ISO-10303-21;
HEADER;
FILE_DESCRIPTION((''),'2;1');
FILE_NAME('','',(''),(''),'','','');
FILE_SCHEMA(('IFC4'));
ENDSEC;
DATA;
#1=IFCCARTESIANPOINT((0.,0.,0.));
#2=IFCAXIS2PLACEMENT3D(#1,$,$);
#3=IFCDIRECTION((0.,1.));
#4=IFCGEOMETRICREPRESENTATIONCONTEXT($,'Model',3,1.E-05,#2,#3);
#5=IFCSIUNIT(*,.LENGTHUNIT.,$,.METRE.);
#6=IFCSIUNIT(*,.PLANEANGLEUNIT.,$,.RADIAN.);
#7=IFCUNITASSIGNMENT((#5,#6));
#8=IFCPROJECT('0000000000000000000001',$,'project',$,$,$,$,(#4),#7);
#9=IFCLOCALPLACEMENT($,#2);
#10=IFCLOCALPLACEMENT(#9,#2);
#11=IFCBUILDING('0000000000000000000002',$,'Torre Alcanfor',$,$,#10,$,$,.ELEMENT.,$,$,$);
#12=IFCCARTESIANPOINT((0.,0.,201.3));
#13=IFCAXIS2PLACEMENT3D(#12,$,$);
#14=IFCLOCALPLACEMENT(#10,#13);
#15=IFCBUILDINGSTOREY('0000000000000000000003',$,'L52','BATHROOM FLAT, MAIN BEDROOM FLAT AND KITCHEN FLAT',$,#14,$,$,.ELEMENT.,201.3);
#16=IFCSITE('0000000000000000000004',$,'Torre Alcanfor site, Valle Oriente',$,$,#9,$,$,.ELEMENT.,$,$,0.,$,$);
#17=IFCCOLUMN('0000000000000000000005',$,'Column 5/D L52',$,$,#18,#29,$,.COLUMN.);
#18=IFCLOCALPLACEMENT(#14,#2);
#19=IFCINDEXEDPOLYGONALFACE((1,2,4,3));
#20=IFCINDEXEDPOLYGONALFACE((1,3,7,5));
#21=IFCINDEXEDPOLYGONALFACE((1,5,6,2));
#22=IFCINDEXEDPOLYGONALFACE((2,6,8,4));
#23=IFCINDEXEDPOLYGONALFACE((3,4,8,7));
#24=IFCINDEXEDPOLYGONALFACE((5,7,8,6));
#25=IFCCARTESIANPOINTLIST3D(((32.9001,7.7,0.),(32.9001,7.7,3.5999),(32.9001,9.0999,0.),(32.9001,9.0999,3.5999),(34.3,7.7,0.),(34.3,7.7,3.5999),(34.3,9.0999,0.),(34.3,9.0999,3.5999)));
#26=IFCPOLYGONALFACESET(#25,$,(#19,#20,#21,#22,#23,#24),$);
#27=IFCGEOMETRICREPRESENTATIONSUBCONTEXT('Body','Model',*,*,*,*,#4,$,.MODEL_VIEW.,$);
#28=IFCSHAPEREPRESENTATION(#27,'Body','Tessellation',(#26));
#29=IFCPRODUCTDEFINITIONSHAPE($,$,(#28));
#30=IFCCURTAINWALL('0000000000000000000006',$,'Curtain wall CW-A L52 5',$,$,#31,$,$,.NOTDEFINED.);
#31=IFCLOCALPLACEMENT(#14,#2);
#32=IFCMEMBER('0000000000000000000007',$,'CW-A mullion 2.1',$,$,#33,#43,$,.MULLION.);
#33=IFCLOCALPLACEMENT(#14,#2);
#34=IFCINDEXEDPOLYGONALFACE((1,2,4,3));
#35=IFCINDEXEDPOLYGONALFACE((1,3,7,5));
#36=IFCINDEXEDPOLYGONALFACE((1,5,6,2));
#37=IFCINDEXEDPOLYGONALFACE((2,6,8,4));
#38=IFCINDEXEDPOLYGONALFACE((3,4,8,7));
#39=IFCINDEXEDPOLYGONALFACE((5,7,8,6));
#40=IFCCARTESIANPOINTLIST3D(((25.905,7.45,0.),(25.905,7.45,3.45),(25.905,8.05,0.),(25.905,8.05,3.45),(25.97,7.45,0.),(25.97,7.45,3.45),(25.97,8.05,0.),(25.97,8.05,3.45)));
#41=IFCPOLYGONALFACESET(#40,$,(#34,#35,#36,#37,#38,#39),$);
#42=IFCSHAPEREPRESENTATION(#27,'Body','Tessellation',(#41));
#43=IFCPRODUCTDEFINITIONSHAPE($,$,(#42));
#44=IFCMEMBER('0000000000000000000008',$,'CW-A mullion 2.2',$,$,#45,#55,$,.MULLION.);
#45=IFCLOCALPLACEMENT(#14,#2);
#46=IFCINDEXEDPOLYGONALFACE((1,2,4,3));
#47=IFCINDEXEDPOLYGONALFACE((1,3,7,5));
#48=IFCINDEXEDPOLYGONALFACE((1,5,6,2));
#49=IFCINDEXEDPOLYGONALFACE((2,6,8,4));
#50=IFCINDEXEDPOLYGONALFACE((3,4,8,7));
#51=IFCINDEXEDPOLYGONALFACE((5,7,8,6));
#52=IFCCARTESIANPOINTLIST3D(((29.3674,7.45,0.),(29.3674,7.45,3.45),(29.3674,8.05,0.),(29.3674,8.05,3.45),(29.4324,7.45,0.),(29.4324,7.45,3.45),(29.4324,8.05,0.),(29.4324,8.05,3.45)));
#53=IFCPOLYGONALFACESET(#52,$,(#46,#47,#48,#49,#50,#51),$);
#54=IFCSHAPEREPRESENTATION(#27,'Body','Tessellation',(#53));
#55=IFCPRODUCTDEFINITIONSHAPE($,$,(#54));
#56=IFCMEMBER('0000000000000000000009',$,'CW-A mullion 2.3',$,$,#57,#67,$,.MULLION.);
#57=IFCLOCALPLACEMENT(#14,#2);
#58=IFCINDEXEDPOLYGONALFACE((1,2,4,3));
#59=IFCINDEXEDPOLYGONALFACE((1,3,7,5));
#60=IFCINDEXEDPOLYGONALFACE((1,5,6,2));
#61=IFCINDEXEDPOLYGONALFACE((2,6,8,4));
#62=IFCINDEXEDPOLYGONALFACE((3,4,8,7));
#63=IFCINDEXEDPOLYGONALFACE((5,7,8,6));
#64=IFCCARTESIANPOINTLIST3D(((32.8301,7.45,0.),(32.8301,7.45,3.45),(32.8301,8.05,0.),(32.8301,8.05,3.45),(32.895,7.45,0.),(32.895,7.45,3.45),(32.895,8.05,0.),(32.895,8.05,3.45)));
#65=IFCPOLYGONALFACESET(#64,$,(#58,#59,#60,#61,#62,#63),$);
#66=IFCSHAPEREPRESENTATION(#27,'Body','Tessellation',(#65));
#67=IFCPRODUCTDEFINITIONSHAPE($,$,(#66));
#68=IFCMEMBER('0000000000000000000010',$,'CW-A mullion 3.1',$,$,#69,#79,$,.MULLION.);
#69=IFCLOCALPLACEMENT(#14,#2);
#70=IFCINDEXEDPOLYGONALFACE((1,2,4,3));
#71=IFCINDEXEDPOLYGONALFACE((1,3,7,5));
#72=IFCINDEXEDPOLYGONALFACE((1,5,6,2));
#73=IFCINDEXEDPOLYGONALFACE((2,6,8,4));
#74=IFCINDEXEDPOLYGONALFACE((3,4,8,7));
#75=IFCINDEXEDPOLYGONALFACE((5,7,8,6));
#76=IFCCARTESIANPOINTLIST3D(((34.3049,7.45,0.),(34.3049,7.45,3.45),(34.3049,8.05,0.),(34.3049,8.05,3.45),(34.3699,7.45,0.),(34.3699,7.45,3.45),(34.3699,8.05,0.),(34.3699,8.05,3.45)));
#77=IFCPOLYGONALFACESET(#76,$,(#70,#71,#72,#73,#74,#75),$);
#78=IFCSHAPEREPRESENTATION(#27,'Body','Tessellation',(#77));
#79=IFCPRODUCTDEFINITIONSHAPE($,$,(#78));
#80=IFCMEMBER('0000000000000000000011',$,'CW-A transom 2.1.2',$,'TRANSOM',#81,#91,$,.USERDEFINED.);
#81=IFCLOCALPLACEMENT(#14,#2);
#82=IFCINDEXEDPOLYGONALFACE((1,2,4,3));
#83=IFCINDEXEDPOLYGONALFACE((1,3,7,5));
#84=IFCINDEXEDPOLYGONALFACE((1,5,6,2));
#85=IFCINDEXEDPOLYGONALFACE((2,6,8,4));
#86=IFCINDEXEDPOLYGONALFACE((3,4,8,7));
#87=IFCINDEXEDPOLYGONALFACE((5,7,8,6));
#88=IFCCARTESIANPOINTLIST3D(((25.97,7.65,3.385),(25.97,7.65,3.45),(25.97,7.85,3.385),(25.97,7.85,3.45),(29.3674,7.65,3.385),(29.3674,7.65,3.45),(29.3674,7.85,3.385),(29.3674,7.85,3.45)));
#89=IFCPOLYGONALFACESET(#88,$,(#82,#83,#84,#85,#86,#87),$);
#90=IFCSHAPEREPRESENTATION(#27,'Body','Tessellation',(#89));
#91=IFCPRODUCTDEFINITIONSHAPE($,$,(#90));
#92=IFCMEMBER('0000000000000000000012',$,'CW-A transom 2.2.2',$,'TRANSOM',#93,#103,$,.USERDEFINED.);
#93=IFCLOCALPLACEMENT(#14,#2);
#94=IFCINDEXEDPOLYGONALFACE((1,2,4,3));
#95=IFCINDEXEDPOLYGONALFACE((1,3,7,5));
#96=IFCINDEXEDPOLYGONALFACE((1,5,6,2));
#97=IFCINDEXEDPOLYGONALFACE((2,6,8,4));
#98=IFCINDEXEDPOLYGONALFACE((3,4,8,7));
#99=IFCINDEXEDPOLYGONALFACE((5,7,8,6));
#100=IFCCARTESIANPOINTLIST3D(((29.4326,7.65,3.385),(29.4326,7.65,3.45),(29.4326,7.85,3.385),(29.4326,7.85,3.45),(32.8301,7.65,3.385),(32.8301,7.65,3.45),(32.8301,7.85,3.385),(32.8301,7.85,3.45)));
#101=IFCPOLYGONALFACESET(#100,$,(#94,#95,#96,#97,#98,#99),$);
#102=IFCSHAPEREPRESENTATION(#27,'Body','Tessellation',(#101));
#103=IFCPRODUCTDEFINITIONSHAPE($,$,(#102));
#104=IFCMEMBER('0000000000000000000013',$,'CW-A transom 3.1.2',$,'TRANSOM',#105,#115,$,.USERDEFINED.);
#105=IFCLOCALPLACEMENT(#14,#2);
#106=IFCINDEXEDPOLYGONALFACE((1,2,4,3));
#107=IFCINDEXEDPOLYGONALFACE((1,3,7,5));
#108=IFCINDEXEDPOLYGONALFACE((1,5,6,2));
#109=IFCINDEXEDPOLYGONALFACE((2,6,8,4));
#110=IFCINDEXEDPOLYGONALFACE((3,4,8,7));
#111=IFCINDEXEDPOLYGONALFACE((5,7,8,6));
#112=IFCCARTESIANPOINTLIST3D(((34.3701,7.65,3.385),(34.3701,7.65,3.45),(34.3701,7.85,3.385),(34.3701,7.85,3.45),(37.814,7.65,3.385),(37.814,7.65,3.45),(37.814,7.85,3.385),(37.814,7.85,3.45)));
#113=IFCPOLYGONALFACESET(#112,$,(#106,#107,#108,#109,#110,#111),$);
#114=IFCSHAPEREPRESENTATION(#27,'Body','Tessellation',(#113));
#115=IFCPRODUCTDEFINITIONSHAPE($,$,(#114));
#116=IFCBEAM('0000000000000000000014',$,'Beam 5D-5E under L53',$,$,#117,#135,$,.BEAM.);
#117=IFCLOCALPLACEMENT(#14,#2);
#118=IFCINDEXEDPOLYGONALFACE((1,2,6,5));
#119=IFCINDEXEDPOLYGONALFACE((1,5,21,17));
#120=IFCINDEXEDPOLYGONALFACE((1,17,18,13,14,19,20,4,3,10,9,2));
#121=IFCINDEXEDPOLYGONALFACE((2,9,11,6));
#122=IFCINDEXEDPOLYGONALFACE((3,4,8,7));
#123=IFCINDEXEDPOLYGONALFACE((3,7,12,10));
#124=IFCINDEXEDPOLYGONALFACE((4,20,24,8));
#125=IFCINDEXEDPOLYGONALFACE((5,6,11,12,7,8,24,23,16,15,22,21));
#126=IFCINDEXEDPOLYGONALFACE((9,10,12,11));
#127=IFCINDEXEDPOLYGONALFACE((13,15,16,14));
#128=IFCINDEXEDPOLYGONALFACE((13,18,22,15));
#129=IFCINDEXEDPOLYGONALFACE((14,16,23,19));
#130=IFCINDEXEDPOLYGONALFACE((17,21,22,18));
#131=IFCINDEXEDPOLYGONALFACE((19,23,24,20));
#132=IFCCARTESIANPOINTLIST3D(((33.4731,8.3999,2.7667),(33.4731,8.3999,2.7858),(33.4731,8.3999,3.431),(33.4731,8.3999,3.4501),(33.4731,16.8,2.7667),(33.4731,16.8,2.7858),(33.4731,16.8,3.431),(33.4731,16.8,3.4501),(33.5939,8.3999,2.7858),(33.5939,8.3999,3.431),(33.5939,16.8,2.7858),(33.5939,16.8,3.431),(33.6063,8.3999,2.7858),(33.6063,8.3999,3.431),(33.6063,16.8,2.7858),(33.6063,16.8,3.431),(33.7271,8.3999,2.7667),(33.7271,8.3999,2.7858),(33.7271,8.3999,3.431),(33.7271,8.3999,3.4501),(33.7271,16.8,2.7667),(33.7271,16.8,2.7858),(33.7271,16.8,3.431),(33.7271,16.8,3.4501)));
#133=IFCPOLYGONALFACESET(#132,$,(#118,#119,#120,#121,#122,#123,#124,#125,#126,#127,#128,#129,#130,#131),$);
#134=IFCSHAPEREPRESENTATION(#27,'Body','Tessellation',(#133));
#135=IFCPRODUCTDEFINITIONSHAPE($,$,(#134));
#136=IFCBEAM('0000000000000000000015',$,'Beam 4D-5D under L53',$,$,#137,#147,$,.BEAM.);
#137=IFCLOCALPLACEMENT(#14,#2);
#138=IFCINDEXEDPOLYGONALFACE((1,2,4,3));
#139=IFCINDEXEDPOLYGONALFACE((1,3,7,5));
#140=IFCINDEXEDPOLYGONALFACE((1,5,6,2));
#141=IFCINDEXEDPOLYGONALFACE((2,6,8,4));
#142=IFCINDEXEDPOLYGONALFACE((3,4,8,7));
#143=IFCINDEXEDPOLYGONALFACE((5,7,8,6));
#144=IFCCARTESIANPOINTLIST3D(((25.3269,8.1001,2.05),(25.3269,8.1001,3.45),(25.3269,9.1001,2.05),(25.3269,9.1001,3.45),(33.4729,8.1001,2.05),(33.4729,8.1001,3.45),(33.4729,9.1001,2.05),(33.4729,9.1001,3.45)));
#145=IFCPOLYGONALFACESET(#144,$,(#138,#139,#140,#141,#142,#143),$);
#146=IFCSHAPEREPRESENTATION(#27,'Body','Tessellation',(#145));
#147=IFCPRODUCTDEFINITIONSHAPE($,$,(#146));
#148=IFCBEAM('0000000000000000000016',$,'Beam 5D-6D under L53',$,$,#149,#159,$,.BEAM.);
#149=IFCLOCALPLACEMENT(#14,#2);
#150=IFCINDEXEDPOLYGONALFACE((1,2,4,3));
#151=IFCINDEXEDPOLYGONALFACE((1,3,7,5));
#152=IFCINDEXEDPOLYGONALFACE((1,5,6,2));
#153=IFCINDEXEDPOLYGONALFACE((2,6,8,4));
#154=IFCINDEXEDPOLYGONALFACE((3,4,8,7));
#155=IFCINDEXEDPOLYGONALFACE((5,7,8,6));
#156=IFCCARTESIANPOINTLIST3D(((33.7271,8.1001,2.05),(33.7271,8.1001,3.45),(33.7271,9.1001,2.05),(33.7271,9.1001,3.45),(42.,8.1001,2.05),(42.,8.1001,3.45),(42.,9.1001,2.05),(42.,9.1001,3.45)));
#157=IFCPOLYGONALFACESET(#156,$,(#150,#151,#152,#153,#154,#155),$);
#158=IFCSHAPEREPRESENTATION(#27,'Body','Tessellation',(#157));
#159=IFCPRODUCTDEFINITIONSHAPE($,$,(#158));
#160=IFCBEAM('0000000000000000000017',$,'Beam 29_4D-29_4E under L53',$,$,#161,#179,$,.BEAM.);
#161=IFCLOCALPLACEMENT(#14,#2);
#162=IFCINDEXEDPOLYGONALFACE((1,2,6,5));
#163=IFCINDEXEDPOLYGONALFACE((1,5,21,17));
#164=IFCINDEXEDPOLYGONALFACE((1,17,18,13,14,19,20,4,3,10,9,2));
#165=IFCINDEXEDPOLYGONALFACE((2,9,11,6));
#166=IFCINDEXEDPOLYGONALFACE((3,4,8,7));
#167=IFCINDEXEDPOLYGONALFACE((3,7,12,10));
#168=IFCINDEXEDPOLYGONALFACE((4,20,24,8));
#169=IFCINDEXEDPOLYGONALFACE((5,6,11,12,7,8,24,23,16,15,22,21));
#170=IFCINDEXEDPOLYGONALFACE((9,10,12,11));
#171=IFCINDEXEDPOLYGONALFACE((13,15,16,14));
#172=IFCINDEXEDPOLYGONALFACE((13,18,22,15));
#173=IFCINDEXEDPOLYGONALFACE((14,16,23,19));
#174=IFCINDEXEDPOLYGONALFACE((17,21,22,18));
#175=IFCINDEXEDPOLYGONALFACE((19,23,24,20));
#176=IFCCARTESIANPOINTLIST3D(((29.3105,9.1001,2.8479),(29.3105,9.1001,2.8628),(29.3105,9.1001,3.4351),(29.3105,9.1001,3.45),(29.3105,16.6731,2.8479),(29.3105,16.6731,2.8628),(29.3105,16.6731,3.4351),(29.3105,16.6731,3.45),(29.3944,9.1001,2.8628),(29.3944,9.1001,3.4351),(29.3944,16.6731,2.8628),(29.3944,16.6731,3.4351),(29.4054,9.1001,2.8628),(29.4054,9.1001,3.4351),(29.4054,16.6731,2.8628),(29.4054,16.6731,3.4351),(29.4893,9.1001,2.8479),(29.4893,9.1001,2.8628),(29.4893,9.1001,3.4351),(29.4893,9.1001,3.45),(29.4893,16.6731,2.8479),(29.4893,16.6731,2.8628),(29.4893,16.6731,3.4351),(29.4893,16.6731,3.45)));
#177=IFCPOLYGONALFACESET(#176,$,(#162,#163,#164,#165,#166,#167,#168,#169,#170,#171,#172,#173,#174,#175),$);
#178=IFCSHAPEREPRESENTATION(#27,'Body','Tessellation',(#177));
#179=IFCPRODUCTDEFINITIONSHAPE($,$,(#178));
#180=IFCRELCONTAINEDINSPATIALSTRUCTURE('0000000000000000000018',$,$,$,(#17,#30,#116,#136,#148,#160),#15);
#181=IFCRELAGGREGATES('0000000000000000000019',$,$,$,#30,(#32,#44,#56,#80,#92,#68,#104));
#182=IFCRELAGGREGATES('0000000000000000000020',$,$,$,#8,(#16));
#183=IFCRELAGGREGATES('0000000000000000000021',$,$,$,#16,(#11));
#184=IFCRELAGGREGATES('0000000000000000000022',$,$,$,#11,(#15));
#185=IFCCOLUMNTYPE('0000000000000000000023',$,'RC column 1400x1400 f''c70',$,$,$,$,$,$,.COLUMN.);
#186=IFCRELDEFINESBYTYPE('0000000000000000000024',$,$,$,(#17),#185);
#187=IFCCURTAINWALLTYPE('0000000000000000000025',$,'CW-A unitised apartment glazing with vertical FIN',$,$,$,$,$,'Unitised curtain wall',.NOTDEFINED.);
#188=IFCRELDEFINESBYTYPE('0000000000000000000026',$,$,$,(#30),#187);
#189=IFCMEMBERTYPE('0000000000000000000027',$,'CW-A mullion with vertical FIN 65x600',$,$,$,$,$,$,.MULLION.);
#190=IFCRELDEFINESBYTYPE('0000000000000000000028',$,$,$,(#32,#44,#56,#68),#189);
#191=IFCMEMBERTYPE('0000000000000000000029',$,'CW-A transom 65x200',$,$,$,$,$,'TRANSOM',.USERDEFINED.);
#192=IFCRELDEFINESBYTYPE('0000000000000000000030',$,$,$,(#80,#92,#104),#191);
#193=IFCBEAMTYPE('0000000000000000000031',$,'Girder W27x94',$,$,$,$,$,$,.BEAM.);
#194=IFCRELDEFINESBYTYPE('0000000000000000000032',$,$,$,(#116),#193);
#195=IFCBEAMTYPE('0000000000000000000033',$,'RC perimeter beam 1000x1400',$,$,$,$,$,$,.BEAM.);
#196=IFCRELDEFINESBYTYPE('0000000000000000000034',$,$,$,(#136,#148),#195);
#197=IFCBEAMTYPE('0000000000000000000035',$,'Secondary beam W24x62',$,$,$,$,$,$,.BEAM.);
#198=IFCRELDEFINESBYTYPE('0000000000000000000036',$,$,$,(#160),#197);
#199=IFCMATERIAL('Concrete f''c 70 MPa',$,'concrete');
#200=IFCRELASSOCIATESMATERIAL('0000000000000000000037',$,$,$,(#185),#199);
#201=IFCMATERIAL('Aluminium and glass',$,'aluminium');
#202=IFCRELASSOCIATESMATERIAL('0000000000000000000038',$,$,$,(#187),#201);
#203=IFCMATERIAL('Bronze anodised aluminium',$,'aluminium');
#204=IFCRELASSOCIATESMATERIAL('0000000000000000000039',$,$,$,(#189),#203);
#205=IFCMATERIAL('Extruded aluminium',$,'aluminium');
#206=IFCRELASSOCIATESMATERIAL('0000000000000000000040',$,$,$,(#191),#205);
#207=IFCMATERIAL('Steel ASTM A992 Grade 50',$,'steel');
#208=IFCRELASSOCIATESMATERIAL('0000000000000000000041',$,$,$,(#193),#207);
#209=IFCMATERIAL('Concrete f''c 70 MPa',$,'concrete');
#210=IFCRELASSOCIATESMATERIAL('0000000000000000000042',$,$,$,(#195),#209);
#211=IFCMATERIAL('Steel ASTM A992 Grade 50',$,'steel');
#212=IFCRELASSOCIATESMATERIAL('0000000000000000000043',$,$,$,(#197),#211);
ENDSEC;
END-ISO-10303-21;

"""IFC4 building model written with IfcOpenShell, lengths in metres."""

from ifc_helpers import new_model, si_unit, direction, frame, origin, origin_2d, place, context, subcontext, project, spatial, rectangle, i_section, extrude, material, material_profile, profile_set, type_object, element, aggregate, save


model = new_model("IFC4")

# Units and contexts
model_context = context("Model", 3, precision=1e-05, world=origin(), true_north=direction((0.0, 1.0)))
body_context = subcontext(model_context, "Body", "Model", "MODEL_VIEW")
ifc_project = project(units=[si_unit("LENGTHUNIT", "METRE"), si_unit("PLANEANGLEUNIT", "RADIAN")], contexts=[model_context])

# Site, building, storey
site_placement = place(None, origin())
site = spatial("IfcSite", under=ifc_project, at=site_placement, Name="Torre Alcanfor site, Valle Oriente", CompositionType="ELEMENT", RefElevation=0.0)
building_placement = place(site_placement, origin())
building = spatial("IfcBuilding", under=site, at=building_placement, Name="Torre Alcanfor", CompositionType="ELEMENT")
storey_placement = place(building_placement, frame((0.0, 0.0, 201.3)))
storey = spatial("IfcBuildingStorey", under=building, at=storey_placement, Name="L52", Description="BATHROOM FLAT, MAIN BEDROOM FLAT AND KITCHEN FLAT", CompositionType="ELEMENT", Elevation=201.3)

# Column
ifc_material_1 = material(Name="Concrete f'c 70 MPa", Category="concrete")
ifc_material_profile_1 = material_profile(ifc_material_1, rectangle(XDim=1.3999, YDim=1.3999, at=origin_2d()), Name="1400x1400")
ifc_profile_set_1 = profile_set([ifc_material_profile_1], Name="Concrete f'c 70 MPa")
column_type = type_object("IfcColumnType", Name="RC column 1400x1400 f'c70", PredefinedType="COLUMN", material=ifc_profile_set_1)
column_placement = place(storey_placement, frame((33.6001, 8.3999, 0.0), z_axis=(0.0, 0.0, 1.0), x_axis=(1.0, 0.0, 0.0)))
element("IfcColumn", 1, at=column_placement, inside=storey, type_object=column_type, Name="Column 5/D L52", PredefinedType="COLUMN", context=body_context, shape_type="SweptSolid", body=[
    extrude(rectangle(XDim=1.3999, YDim=1.3999, at=origin_2d()), origin(), (0.0, 0.0, 1.0), 3.5999),
])

# Curtain wall, members
ifc_material_2 = material(Name="Aluminium and glass", Category="aluminium")
curtain_wall_type = type_object("IfcCurtainWallType", Name="CW-A unitised apartment glazing with vertical FIN", ElementType="Unitised curtain wall", PredefinedType="NOTDEFINED", material=ifc_material_2)
curtain_wall_placement = place(storey_placement, origin())
curtain_wall = element("IfcCurtainWall", 2, at=curtain_wall_placement, inside=storey, type_object=curtain_wall_type, Name="Curtain wall CW-A L52 5", PredefinedType="NOTDEFINED")
ifc_material_3 = material(Name="Bronze anodised aluminium", Category="aluminium")
ifc_material_profile_2 = material_profile(ifc_material_3, rectangle(XDim=0.6001, YDim=0.0649, at=origin_2d()), Name="CW-A mullion 65x600")
ifc_profile_set_2 = profile_set([ifc_material_profile_2], Name="Bronze anodised aluminium")
member_type_1 = type_object("IfcMemberType", Name="CW-A mullion with vertical FIN 65x600", PredefinedType="MULLION", material=ifc_profile_set_2)
member_1_placement = place(storey_placement, frame((25.9375, 7.75, 0.0), z_axis=(0.0, 0.0, 1.0), x_axis=(0.0, 1.0, 0.0)))
member_1 = element("IfcMember", 3, at=member_1_placement, type_object=member_type_1, Name="CW-A mullion 2.1", PredefinedType="MULLION", context=body_context, shape_type="SweptSolid", body=[
    extrude(rectangle(XDim=0.6001, YDim=0.0649, at=origin_2d()), origin(), (0.0, 0.0, 1.0), 3.45),
])
member_2_placement = place(storey_placement, frame((29.3999, 7.75, 0.0), z_axis=(0.0, 0.0, 1.0), x_axis=(0.0, 1.0, 0.0)))
member_2 = element("IfcMember", 4, at=member_2_placement, type_object=member_type_1, Name="CW-A mullion 2.2", PredefinedType="MULLION", context=body_context, shape_type="SweptSolid", body=[
    extrude(rectangle(XDim=0.6001, YDim=0.0649, at=origin_2d()), origin(), (0.0, 0.0, 1.0), 3.45),
])
member_3_placement = place(storey_placement, frame((32.8625, 7.75, 0.0), z_axis=(0.0, 0.0, 1.0), x_axis=(0.0, 1.0, 0.0)))
member_3 = element("IfcMember", 5, at=member_3_placement, type_object=member_type_1, Name="CW-A mullion 2.3", PredefinedType="MULLION", context=body_context, shape_type="SweptSolid", body=[
    extrude(rectangle(XDim=0.6001, YDim=0.0649, at=origin_2d()), origin(), (0.0, 0.0, 1.0), 3.45),
])
member_4_placement = place(storey_placement, frame((34.3374, 7.75, 0.0), z_axis=(0.0, 0.0, 1.0), x_axis=(0.0, 1.0, 0.0)))
member_4 = element("IfcMember", 6, at=member_4_placement, type_object=member_type_1, Name="CW-A mullion 3.1", PredefinedType="MULLION", context=body_context, shape_type="SweptSolid", body=[
    extrude(rectangle(XDim=0.6001, YDim=0.0649, at=origin_2d()), origin(), (0.0, 0.0, 1.0), 3.45),
])
ifc_material_4 = material(Name="Extruded aluminium", Category="aluminium")
ifc_material_profile_3 = material_profile(ifc_material_4, rectangle(XDim=0.2, YDim=0.0649, at=origin_2d()), Name="CW-A transom 200x65")
ifc_profile_set_3 = profile_set([ifc_material_profile_3], Name="Extruded aluminium")
member_type_2 = type_object("IfcMemberType", Name="CW-A transom 65x200", ElementType="TRANSOM", PredefinedType="USERDEFINED", material=ifc_profile_set_3)
member_5_placement = place(storey_placement, frame((25.97, 7.75, 3.4175), z_axis=(1.0, 0.0, 0.0), x_axis=(0.0, 1.0, 0.0)))
member_5 = element("IfcMember", 7, at=member_5_placement, type_object=member_type_2, Name="CW-A transom 2.1.2", ObjectType="TRANSOM", PredefinedType="USERDEFINED", context=body_context, shape_type="SweptSolid", body=[
    extrude(rectangle(XDim=0.2, YDim=0.0649, at=origin_2d()), origin(), (0.0, 0.0, 1.0), 3.3975),
])
member_6_placement = place(storey_placement, frame((29.4326, 7.75, 3.4175), z_axis=(1.0, 0.0, 0.0), x_axis=(0.0, 1.0, 0.0)))
member_6 = element("IfcMember", 8, at=member_6_placement, type_object=member_type_2, Name="CW-A transom 2.2.2", ObjectType="TRANSOM", PredefinedType="USERDEFINED", context=body_context, shape_type="SweptSolid", body=[
    extrude(rectangle(XDim=0.2, YDim=0.0649, at=origin_2d()), origin(), (0.0, 0.0, 1.0), 3.3975),
])
member_7_placement = place(storey_placement, frame((34.3701, 7.75, 3.4175), z_axis=(1.0, 0.0, 0.0), x_axis=(0.0, 1.0, 0.0)))
member_7 = element("IfcMember", 9, at=member_7_placement, type_object=member_type_2, Name="CW-A transom 3.1.2", ObjectType="TRANSOM", PredefinedType="USERDEFINED", context=body_context, shape_type="SweptSolid", body=[
    extrude(rectangle(XDim=0.2, YDim=0.0649, at=origin_2d()), origin(), (0.0, 0.0, 1.0), 3.4438),
])

# Beams
ifc_material_5 = material(Name="Steel ASTM A992 Grade 50", Category="steel")
ifc_material_profile_4 = material_profile(ifc_material_5, i_section(OverallWidth=0.2539, OverallDepth=0.6833, WebThickness=0.0125, FlangeThickness=0.019, at=origin_2d()), Name="W27x94")
ifc_profile_set_4 = profile_set([ifc_material_profile_4], Name="Steel ASTM A992 Grade 50")
beam_type_1 = type_object("IfcBeamType", Name="Girder W27x94", PredefinedType="BEAM", material=ifc_profile_set_4)
beam_1_placement = place(storey_placement, frame((33.6001, 8.3999, 3.1084), z_axis=(0.0, 1.0, 0.0), x_axis=(-1.0, 0.0, 0.0)))
element("IfcBeam", 10, at=beam_1_placement, inside=storey, type_object=beam_type_1, Name="Beam 5D-5E under L53", PredefinedType="BEAM", context=body_context, shape_type="SweptSolid", body=[
    extrude(i_section(OverallWidth=0.2539, OverallDepth=0.6833, WebThickness=0.0125, FlangeThickness=0.019, at=origin_2d()), origin(), (0.0, 0.0, 1.0), 8.4001),
])
ifc_material_6 = material(Name="Concrete f'c 70 MPa", Category="concrete")
ifc_material_profile_5 = material_profile(ifc_material_6, rectangle(XDim=1.0, YDim=1.3999, at=origin_2d()), Name="1000x1400")
ifc_profile_set_5 = profile_set([ifc_material_profile_5], Name="Concrete f'c 70 MPa")
beam_type_2 = type_object("IfcBeamType", Name="RC perimeter beam 1000x1400", PredefinedType="BEAM", material=ifc_profile_set_5)
beam_2_placement = place(storey_placement, frame((25.3269, 8.6001, 2.75), z_axis=(1.0, 0.0, 0.0), x_axis=(0.0, 1.0, 0.0)))
element("IfcBeam", 11, at=beam_2_placement, inside=storey, type_object=beam_type_2, Name="Beam 4D-5D under L53", PredefinedType="BEAM", context=body_context, shape_type="SweptSolid", body=[
    extrude(rectangle(XDim=1.0, YDim=1.3999, at=origin_2d()), origin(), (0.0, 0.0, 1.0), 8.146),
])
beam_3_placement = place(storey_placement, frame((33.7271, 8.6001, 2.75), z_axis=(1.0, 0.0, 0.0), x_axis=(0.0, 1.0, 0.0)))
element("IfcBeam", 12, at=beam_3_placement, inside=storey, type_object=beam_type_2, Name="Beam 5D-6D under L53", PredefinedType="BEAM", context=body_context, shape_type="SweptSolid", body=[
    extrude(rectangle(XDim=1.0, YDim=1.3999, at=origin_2d()), origin(), (0.0, 0.0, 1.0), 8.2729),
])
ifc_material_7 = material(Name="Steel ASTM A992 Grade 50", Category="steel")
ifc_material_profile_6 = material_profile(ifc_material_7, i_section(OverallWidth=0.1787, OverallDepth=0.6021, WebThickness=0.011, FlangeThickness=0.0149, at=origin_2d()), Name="W24x62")
ifc_profile_set_6 = profile_set([ifc_material_profile_6], Name="Steel ASTM A992 Grade 50")
beam_type_3 = type_object("IfcBeamType", Name="Secondary beam W24x62", PredefinedType="BEAM", material=ifc_profile_set_6)
for number, where, z_axis, x_axis, name in (
    (13, (29.3999, 9.1001, 3.1489), (0.0, 1.0, 0.0), (-1.0, 0.0, 0.0), "Beam 29_4D-29_4E under L53"),
):
    element("IfcBeam", number, at=place(storey_placement, frame(where, z_axis=z_axis, x_axis=x_axis)), inside=storey, type_object=beam_type_3, Name=name, PredefinedType="BEAM", context=body_context, shape_type="SweptSolid", body=[
        extrude(i_section(OverallWidth=0.1787, OverallDepth=0.6021, WebThickness=0.011, FlangeThickness=0.0149, at=origin_2d()), origin(), (0.0, 0.0, 1.0), 7.573),
    ])

aggregate(curtain_wall, [member_1, member_2, member_3, member_5, member_6, member_4, member_7])

save(model, "model.ifc")
